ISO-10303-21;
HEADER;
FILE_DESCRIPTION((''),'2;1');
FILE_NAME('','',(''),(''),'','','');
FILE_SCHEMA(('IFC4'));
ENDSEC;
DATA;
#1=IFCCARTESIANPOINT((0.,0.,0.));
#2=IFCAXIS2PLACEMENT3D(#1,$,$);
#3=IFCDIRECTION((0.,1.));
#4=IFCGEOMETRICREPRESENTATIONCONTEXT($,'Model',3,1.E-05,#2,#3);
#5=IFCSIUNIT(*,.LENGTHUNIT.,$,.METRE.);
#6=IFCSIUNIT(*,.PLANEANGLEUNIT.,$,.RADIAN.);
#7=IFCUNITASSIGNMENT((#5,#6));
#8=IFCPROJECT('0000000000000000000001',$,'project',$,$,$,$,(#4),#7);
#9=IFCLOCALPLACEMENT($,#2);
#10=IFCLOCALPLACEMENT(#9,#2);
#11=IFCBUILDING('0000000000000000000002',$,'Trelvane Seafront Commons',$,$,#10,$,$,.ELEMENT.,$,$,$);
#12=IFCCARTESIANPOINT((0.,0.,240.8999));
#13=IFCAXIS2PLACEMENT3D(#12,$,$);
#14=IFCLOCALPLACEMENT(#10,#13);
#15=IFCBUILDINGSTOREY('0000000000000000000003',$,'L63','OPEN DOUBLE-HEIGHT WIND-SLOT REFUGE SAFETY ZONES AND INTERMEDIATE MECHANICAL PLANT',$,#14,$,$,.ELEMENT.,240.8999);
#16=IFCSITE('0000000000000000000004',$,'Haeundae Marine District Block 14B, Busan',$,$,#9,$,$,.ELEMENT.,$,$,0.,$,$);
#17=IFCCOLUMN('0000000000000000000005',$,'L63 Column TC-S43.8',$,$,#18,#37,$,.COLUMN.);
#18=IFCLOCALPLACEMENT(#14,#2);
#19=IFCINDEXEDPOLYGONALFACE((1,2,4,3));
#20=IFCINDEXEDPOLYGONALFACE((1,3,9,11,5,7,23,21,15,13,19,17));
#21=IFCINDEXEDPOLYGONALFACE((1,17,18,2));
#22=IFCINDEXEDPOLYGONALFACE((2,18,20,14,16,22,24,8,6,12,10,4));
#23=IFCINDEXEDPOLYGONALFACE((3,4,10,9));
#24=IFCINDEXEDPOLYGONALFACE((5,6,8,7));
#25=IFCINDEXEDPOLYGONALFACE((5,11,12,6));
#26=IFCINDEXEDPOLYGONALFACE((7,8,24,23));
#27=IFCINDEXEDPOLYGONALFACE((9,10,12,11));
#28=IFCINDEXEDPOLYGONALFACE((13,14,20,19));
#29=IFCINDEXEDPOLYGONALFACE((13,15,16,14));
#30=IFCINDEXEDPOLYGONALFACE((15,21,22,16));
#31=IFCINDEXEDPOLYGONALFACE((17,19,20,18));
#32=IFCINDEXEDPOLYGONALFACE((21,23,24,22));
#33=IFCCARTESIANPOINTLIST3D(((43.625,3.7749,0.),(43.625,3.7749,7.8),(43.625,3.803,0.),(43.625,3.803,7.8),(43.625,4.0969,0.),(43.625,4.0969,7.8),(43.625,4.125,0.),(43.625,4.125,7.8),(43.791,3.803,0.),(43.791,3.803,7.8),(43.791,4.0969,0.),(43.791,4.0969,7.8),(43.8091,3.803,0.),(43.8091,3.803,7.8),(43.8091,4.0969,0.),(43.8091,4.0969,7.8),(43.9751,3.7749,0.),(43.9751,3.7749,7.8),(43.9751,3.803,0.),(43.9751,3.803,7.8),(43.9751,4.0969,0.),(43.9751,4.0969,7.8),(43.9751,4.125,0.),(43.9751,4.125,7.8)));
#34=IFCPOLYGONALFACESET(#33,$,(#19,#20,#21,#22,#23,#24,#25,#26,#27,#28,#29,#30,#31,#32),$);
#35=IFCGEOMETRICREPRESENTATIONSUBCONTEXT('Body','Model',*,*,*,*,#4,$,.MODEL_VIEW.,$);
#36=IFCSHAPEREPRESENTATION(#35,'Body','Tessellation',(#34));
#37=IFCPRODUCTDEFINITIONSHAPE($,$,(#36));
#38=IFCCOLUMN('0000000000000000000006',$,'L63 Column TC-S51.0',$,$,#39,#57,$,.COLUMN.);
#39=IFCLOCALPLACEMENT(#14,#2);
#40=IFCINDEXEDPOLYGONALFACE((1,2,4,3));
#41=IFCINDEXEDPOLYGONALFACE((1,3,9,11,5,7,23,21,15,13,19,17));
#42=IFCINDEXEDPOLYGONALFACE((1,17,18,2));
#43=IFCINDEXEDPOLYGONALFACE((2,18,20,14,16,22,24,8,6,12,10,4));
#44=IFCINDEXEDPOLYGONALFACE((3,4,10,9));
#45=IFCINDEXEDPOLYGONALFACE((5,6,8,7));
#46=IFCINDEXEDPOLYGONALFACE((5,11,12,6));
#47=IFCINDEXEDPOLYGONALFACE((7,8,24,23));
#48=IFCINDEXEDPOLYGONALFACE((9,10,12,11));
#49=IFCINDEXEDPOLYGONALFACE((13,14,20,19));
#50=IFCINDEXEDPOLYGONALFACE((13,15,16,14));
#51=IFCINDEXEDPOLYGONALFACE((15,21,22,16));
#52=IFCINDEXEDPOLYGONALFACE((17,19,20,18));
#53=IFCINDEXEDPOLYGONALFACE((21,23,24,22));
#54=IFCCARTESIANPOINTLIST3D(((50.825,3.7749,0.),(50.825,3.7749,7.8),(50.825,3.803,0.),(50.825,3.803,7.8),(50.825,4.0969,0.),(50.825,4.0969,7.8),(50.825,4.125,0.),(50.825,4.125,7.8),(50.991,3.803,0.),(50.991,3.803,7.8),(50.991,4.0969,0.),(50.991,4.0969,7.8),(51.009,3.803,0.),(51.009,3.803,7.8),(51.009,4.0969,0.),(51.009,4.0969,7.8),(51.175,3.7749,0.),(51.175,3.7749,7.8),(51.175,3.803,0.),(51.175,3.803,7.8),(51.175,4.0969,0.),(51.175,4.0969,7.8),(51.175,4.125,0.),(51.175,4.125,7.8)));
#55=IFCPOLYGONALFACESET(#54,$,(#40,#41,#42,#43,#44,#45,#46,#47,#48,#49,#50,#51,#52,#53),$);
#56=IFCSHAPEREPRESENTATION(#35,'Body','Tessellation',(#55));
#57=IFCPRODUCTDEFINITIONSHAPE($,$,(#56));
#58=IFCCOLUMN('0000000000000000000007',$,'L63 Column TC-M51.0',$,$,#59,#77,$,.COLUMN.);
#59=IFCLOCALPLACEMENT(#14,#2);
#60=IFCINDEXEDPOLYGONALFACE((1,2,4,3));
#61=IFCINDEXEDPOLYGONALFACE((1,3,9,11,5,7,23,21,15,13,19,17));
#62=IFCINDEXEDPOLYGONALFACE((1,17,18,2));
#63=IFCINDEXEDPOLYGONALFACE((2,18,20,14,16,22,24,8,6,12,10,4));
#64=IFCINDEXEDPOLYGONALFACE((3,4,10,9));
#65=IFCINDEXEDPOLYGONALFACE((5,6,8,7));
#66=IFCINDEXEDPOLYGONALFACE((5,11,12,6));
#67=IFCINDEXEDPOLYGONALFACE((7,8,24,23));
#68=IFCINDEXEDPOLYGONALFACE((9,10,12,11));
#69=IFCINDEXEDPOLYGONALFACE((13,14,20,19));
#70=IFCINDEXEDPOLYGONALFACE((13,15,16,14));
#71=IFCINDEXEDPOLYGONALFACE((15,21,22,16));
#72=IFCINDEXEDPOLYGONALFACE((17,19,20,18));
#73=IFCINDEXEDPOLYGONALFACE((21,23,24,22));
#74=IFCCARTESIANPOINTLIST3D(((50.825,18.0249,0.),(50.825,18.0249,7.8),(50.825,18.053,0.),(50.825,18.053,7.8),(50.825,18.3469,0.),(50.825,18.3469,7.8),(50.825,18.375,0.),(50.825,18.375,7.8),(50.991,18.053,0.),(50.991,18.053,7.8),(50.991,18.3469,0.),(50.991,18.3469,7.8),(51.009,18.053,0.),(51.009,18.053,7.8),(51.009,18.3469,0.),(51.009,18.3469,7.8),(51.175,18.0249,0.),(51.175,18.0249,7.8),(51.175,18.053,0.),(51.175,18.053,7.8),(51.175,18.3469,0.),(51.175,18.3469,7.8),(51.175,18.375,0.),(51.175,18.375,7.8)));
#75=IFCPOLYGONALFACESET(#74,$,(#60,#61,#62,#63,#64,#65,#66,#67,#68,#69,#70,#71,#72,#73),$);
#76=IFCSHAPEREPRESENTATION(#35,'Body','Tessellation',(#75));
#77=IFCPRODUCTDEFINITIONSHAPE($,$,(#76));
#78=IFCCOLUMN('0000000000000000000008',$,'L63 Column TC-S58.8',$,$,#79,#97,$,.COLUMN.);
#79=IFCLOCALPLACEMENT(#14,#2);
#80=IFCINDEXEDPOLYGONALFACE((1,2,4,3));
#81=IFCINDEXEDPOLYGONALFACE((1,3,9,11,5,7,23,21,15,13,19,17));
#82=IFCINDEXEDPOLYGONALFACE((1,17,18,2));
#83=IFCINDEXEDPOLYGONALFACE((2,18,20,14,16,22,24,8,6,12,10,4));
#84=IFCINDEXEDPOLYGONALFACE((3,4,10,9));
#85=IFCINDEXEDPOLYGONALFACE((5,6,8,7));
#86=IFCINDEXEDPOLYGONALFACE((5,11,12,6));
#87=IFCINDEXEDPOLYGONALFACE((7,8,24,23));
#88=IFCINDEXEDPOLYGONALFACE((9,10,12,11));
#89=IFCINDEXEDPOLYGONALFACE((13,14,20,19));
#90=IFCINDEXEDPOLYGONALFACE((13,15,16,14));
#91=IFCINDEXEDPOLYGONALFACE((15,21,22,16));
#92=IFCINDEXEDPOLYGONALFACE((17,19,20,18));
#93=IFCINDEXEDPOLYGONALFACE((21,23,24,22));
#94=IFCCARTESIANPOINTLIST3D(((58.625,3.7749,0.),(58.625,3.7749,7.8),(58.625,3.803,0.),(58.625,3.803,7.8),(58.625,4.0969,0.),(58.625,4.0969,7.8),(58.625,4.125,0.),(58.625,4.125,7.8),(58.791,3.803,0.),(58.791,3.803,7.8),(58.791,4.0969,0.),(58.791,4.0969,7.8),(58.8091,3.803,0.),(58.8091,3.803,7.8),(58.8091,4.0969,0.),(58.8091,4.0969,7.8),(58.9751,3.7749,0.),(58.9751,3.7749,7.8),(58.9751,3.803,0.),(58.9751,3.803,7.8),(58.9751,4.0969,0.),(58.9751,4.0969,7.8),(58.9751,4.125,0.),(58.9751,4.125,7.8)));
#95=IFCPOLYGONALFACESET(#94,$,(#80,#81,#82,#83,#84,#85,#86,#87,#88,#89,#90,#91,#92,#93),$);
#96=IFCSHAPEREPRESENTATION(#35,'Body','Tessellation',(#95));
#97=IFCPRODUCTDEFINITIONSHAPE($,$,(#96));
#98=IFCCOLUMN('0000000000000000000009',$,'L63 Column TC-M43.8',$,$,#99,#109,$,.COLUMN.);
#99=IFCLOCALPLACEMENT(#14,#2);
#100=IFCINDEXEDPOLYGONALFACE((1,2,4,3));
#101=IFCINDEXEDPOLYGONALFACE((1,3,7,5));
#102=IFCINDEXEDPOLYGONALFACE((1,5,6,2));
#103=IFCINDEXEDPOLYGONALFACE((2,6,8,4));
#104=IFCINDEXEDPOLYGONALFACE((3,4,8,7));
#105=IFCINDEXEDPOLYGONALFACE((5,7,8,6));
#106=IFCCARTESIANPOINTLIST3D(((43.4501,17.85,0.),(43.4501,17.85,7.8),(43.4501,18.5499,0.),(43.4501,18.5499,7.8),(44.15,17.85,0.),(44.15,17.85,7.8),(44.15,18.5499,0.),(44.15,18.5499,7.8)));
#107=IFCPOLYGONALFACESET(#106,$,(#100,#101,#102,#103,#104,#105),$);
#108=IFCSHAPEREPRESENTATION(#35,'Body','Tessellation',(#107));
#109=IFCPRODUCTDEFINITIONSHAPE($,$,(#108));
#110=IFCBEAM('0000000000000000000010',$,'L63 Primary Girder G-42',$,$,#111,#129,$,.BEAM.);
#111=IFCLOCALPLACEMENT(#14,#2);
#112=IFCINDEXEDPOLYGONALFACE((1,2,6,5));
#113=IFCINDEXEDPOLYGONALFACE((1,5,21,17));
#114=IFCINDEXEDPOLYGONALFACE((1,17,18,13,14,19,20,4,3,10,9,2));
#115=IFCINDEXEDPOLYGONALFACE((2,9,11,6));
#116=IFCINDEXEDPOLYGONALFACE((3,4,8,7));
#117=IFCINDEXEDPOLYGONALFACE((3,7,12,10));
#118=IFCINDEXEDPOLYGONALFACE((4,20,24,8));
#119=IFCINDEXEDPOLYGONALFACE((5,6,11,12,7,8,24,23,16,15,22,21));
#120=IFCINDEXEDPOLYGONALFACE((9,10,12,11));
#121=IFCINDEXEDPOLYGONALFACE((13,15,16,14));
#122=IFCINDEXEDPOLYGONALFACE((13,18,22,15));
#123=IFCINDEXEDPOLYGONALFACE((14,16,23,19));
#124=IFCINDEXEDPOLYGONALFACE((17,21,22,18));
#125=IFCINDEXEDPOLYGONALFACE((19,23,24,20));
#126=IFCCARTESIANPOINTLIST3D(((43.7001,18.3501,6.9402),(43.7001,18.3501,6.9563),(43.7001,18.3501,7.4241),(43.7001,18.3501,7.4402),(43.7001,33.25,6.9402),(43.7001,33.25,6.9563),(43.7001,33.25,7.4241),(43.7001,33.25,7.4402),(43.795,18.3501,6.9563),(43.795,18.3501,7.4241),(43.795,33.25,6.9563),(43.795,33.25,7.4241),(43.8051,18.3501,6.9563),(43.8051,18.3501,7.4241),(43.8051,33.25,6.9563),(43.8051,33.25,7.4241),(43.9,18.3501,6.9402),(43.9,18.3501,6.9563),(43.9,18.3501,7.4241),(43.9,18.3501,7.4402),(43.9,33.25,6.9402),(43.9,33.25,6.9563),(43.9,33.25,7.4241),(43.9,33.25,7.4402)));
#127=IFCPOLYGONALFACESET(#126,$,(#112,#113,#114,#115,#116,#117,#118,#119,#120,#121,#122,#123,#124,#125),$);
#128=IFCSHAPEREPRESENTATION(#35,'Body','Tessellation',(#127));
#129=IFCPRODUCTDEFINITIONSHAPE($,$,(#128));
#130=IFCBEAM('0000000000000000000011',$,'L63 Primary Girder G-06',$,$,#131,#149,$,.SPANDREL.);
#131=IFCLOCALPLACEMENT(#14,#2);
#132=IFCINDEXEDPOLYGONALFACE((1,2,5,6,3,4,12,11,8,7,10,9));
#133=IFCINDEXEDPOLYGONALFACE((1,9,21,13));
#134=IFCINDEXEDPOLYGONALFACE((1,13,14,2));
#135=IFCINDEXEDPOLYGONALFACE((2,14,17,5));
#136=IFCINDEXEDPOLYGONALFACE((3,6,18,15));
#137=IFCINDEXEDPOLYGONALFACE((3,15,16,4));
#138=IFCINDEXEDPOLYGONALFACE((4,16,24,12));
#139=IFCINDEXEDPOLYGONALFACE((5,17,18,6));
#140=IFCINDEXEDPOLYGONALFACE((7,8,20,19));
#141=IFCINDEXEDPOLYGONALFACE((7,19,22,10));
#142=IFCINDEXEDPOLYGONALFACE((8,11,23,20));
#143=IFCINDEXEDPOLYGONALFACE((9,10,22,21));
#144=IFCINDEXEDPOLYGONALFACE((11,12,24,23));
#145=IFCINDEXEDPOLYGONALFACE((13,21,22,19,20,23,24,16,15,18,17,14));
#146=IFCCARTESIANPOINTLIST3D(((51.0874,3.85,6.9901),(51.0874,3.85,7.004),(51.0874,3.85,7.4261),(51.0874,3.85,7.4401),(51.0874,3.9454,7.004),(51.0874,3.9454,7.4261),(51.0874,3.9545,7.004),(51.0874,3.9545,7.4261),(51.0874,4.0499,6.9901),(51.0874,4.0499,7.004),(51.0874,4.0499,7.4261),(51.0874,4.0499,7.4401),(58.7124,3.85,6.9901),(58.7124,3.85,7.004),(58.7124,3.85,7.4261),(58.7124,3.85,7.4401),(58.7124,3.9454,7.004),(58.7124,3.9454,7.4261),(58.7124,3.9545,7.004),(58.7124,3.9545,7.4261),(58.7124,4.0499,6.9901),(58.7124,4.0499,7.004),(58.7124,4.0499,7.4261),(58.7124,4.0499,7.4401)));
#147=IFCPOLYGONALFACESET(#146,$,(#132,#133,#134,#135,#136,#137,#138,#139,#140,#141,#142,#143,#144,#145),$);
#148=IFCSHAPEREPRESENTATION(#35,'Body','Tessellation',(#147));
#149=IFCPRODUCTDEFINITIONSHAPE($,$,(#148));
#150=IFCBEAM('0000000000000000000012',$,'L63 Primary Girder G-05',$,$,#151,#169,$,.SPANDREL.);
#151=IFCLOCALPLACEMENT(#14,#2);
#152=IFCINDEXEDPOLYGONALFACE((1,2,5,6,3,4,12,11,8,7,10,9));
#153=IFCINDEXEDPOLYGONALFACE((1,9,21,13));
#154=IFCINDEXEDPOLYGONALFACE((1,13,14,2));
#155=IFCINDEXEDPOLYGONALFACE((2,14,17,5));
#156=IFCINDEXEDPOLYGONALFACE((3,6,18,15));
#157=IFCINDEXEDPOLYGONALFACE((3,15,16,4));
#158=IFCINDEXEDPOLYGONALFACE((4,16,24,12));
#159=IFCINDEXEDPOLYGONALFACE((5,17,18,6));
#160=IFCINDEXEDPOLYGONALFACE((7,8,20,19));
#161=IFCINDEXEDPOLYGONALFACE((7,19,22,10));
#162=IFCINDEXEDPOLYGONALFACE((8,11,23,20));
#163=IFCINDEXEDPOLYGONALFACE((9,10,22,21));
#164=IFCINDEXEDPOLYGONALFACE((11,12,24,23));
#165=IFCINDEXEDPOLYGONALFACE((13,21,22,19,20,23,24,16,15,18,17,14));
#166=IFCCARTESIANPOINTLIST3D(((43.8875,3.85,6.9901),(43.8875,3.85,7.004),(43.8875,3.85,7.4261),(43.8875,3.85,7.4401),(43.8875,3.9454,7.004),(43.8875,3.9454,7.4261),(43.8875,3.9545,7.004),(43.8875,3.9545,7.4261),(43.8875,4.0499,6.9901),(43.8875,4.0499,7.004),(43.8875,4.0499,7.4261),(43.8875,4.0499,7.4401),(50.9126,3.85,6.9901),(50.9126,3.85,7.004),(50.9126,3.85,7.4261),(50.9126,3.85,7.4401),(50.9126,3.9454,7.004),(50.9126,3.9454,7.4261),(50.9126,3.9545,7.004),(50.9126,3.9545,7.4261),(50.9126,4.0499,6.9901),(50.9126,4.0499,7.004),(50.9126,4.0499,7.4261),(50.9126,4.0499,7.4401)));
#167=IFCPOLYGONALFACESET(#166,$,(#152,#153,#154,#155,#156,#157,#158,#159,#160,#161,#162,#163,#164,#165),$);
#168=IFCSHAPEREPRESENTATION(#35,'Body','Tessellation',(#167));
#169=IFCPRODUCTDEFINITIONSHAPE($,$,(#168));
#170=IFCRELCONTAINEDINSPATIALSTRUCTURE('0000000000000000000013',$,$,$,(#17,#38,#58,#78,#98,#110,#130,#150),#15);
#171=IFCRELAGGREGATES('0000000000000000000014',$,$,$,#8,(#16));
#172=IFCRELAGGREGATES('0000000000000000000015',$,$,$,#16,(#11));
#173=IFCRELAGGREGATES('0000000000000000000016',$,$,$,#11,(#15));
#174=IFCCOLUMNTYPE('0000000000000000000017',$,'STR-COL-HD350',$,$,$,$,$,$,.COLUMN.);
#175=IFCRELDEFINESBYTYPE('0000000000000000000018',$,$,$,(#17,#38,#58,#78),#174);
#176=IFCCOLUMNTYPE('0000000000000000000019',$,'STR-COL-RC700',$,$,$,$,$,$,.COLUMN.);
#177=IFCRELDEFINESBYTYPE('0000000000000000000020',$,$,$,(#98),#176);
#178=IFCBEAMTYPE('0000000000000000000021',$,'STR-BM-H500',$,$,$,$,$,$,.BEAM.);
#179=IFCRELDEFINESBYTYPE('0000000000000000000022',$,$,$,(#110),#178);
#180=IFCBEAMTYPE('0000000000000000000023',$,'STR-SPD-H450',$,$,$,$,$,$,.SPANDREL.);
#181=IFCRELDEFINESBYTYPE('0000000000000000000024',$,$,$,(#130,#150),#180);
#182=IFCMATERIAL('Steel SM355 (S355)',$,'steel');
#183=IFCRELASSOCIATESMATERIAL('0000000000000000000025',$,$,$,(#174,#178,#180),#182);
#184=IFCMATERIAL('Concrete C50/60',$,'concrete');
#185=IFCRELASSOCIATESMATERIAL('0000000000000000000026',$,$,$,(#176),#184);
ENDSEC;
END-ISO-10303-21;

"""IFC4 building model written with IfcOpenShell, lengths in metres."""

from ifc_helpers import new_model, si_unit, direction, frame, origin, origin_2d, place, context, subcontext, project, spatial, rectangle, i_section, extrude, source, transform, mapped, material, material_profile, profile_set, type_object, element, save


model = new_model("IFC4")

# Units and contexts
model_context = context("Model", 3, precision=1e-05, world=origin(), true_north=direction((0.0, 1.0)))
body_context = subcontext(model_context, "Body", "Model", "MODEL_VIEW")
ifc_project = project(units=[si_unit("LENGTHUNIT", "METRE"), si_unit("PLANEANGLEUNIT", "RADIAN")], contexts=[model_context])

# Site, building, storey
site_placement = place(None, origin())
site = spatial("IfcSite", under=ifc_project, at=site_placement, Name="Haeundae Marine District Block 14B, Busan", CompositionType="ELEMENT", RefElevation=0.0)
building_placement = place(site_placement, origin())
building = spatial("IfcBuilding", under=site, at=building_placement, Name="Trelvane Seafront Commons", CompositionType="ELEMENT")
storey_placement = place(building_placement, frame((0.0, 0.0, 240.8999)))
storey = spatial("IfcBuildingStorey", under=building, at=storey_placement, Name="L63", Description="OPEN DOUBLE-HEIGHT WIND-SLOT REFUGE SAFETY ZONES AND INTERMEDIATE MECHANICAL PLANT", CompositionType="ELEMENT", Elevation=240.8999)

# Columns
ifc_material_1 = material(Name="Steel SM355 (S355)", Category="steel")
ifc_material_profile_1 = material_profile(ifc_material_1, i_section(OverallWidth=0.3501, OverallDepth=0.3501, WebThickness=0.0181, FlangeThickness=0.0281, at=origin_2d()), Name="HD-350x350x18x28")
ifc_profile_set_1 = profile_set([ifc_material_profile_1], Name="Steel SM355 (S355)")
column_type_1 = type_object("IfcColumnType", Name="STR-COL-HD350", PredefinedType="COLUMN", material=ifc_profile_set_1)
shared_shape_1 = source(origin(), body_context, "Body", "SweptSolid", [
    extrude(i_section(OverallWidth=0.3501, OverallDepth=0.3501, WebThickness=0.0181, FlangeThickness=0.0281, at=origin_2d()), origin(), (0.0, 0.0, 1.0), 7.8),
])
for number, where, z_axis, x_axis, name in (
    (1, (43.8, 3.95, 0.0), (0.0, 0.0, 1.0), (1.0, 0.0, 0.0), "L63 Column TC-S43.8"),
    (2, (51.0, 3.95, 0.0), (0.0, 0.0, 1.0), (1.0, 0.0, 0.0), "L63 Column TC-S51.0"),
    (3, (51.0, 18.2, 0.0), (0.0, 0.0, 1.0), (1.0, 0.0, 0.0), "L63 Column TC-M51.0"),
    (4, (58.8, 3.95, 0.0), (0.0, 0.0, 1.0), (1.0, 0.0, 0.0), "L63 Column TC-S58.8"),
):
    element("IfcColumn", number, at=place(storey_placement, frame(where, z_axis=z_axis, x_axis=x_axis)), inside=storey, type_object=column_type_1, Name=name, PredefinedType="COLUMN", context=body_context, shape_type="MappedRepresentation", body=[
        mapped(shared_shape_1, transform((0.0, 0.0, 0.0), x_axis=(1.0, 0.0, 0.0), y_axis=(0.0, 1.0, 0.0), z_axis=(0.0, 0.0, 1.0), scale=1.0)),
    ])
ifc_material_2 = material(Name="Concrete C50/60", Category="concrete")
ifc_material_profile_2 = material_profile(ifc_material_2, rectangle(XDim=0.7, YDim=0.7, at=origin_2d()), Name="RC-700x700")
ifc_profile_set_2 = profile_set([ifc_material_profile_2], Name="Concrete C50/60")
column_type_2 = type_object("IfcColumnType", Name="STR-COL-RC700", PredefinedType="COLUMN", material=ifc_profile_set_2)
shared_shape_2 = source(origin(), body_context, "Body", "SweptSolid", [
    extrude(rectangle(XDim=0.7, YDim=0.7, at=origin_2d()), origin(), (0.0, 0.0, 1.0), 7.8),
])
column_placement = place(storey_placement, frame((43.8, 18.2, 0.0), z_axis=(0.0, 0.0, 1.0), x_axis=(1.0, 0.0, 0.0)))
element("IfcColumn", 5, at=column_placement, inside=storey, type_object=column_type_2, Name="L63 Column TC-M43.8", PredefinedType="COLUMN", context=body_context, shape_type="MappedRepresentation", body=[
    mapped(shared_shape_2, transform((0.0, 0.0, 0.0), x_axis=(1.0, 0.0, 0.0), y_axis=(0.0, 1.0, 0.0), z_axis=(0.0, 0.0, 1.0), scale=1.0)),
])

# Beams
ifc_material_profile_3 = material_profile(ifc_material_1, i_section(OverallWidth=0.2, OverallDepth=0.5, WebThickness=0.01, FlangeThickness=0.0161, at=origin_2d()), Name="H-500x200x10x16")
ifc_profile_set_3 = profile_set([ifc_material_profile_3], Name="Steel SM355 (S355)")
beam_type_1 = type_object("IfcBeamType", Name="STR-BM-H500", PredefinedType="BEAM", material=ifc_profile_set_3)
shared_shape_3 = source(origin(), body_context, "Body", "SweptSolid", [
    extrude(i_section(OverallWidth=0.2, OverallDepth=0.5, WebThickness=0.01, FlangeThickness=0.0161, at=origin_2d()), origin(), (0.0, 0.0, 1.0), 14.8999),
])
beam_1_placement = place(storey_placement, frame((43.8, 18.3501, 7.1902), z_axis=(0.0, 1.0, 0.0), x_axis=(-1.0, 0.0, 0.0)))
element("IfcBeam", 6, at=beam_1_placement, inside=storey, type_object=beam_type_1, Name="L63 Primary Girder G-42", PredefinedType="BEAM", context=body_context, shape_type="MappedRepresentation", body=[
    mapped(shared_shape_3, transform((0.0, 0.0, 0.0), x_axis=(1.0, 0.0, 0.0), y_axis=(0.0, 1.0, 0.0), z_axis=(0.0, 0.0, 1.0), scale=1.0)),
])
ifc_material_profile_4 = material_profile(ifc_material_1, i_section(OverallWidth=0.2, OverallDepth=0.45, WebThickness=0.009, FlangeThickness=0.0139, at=origin_2d()), Name="H-450x200x9x14")
ifc_profile_set_4 = profile_set([ifc_material_profile_4], Name="Steel SM355 (S355)")
beam_type_2 = type_object("IfcBeamType", Name="STR-SPD-H450", PredefinedType="SPANDREL", material=ifc_profile_set_4)
shared_shape_4 = source(origin(), body_context, "Body", "SweptSolid", [
    extrude(i_section(OverallWidth=0.2, OverallDepth=0.45, WebThickness=0.009, FlangeThickness=0.0139, at=origin_2d()), origin(), (0.0, 0.0, 1.0), 7.625),
])
beam_2_placement = place(storey_placement, frame((51.0874, 3.95, 7.2151), z_axis=(1.0, 0.0, 0.0), x_axis=(0.0, 1.0, 0.0)))
element("IfcBeam", 7, at=beam_2_placement, inside=storey, type_object=beam_type_2, Name="L63 Primary Girder G-06", PredefinedType="SPANDREL", context=body_context, shape_type="MappedRepresentation", body=[
    mapped(shared_shape_4, transform((0.0, 0.0, 0.0), x_axis=(1.0, 0.0, 0.0), y_axis=(0.0, 1.0, 0.0), z_axis=(0.0, 0.0, 1.0), scale=1.0)),
])
shared_shape_5 = source(origin(), body_context, "Body", "SweptSolid", [
    extrude(i_section(OverallWidth=0.2, OverallDepth=0.45, WebThickness=0.009, FlangeThickness=0.0139, at=origin_2d()), origin(), (0.0, 0.0, 1.0), 7.0251),
])
beam_3_placement = place(storey_placement, frame((43.8875, 3.95, 7.2151), z_axis=(1.0, 0.0, 0.0), x_axis=(0.0, 1.0, 0.0)))
element("IfcBeam", 8, at=beam_3_placement, inside=storey, type_object=beam_type_2, Name="L63 Primary Girder G-05", PredefinedType="SPANDREL", context=body_context, shape_type="MappedRepresentation", body=[
    mapped(shared_shape_5, transform((0.0, 0.0, 0.0), x_axis=(1.0, 0.0, 0.0), y_axis=(0.0, 1.0, 0.0), z_axis=(0.0, 0.0, 1.0), scale=1.0)),
])

save(model, "model.ifc")
